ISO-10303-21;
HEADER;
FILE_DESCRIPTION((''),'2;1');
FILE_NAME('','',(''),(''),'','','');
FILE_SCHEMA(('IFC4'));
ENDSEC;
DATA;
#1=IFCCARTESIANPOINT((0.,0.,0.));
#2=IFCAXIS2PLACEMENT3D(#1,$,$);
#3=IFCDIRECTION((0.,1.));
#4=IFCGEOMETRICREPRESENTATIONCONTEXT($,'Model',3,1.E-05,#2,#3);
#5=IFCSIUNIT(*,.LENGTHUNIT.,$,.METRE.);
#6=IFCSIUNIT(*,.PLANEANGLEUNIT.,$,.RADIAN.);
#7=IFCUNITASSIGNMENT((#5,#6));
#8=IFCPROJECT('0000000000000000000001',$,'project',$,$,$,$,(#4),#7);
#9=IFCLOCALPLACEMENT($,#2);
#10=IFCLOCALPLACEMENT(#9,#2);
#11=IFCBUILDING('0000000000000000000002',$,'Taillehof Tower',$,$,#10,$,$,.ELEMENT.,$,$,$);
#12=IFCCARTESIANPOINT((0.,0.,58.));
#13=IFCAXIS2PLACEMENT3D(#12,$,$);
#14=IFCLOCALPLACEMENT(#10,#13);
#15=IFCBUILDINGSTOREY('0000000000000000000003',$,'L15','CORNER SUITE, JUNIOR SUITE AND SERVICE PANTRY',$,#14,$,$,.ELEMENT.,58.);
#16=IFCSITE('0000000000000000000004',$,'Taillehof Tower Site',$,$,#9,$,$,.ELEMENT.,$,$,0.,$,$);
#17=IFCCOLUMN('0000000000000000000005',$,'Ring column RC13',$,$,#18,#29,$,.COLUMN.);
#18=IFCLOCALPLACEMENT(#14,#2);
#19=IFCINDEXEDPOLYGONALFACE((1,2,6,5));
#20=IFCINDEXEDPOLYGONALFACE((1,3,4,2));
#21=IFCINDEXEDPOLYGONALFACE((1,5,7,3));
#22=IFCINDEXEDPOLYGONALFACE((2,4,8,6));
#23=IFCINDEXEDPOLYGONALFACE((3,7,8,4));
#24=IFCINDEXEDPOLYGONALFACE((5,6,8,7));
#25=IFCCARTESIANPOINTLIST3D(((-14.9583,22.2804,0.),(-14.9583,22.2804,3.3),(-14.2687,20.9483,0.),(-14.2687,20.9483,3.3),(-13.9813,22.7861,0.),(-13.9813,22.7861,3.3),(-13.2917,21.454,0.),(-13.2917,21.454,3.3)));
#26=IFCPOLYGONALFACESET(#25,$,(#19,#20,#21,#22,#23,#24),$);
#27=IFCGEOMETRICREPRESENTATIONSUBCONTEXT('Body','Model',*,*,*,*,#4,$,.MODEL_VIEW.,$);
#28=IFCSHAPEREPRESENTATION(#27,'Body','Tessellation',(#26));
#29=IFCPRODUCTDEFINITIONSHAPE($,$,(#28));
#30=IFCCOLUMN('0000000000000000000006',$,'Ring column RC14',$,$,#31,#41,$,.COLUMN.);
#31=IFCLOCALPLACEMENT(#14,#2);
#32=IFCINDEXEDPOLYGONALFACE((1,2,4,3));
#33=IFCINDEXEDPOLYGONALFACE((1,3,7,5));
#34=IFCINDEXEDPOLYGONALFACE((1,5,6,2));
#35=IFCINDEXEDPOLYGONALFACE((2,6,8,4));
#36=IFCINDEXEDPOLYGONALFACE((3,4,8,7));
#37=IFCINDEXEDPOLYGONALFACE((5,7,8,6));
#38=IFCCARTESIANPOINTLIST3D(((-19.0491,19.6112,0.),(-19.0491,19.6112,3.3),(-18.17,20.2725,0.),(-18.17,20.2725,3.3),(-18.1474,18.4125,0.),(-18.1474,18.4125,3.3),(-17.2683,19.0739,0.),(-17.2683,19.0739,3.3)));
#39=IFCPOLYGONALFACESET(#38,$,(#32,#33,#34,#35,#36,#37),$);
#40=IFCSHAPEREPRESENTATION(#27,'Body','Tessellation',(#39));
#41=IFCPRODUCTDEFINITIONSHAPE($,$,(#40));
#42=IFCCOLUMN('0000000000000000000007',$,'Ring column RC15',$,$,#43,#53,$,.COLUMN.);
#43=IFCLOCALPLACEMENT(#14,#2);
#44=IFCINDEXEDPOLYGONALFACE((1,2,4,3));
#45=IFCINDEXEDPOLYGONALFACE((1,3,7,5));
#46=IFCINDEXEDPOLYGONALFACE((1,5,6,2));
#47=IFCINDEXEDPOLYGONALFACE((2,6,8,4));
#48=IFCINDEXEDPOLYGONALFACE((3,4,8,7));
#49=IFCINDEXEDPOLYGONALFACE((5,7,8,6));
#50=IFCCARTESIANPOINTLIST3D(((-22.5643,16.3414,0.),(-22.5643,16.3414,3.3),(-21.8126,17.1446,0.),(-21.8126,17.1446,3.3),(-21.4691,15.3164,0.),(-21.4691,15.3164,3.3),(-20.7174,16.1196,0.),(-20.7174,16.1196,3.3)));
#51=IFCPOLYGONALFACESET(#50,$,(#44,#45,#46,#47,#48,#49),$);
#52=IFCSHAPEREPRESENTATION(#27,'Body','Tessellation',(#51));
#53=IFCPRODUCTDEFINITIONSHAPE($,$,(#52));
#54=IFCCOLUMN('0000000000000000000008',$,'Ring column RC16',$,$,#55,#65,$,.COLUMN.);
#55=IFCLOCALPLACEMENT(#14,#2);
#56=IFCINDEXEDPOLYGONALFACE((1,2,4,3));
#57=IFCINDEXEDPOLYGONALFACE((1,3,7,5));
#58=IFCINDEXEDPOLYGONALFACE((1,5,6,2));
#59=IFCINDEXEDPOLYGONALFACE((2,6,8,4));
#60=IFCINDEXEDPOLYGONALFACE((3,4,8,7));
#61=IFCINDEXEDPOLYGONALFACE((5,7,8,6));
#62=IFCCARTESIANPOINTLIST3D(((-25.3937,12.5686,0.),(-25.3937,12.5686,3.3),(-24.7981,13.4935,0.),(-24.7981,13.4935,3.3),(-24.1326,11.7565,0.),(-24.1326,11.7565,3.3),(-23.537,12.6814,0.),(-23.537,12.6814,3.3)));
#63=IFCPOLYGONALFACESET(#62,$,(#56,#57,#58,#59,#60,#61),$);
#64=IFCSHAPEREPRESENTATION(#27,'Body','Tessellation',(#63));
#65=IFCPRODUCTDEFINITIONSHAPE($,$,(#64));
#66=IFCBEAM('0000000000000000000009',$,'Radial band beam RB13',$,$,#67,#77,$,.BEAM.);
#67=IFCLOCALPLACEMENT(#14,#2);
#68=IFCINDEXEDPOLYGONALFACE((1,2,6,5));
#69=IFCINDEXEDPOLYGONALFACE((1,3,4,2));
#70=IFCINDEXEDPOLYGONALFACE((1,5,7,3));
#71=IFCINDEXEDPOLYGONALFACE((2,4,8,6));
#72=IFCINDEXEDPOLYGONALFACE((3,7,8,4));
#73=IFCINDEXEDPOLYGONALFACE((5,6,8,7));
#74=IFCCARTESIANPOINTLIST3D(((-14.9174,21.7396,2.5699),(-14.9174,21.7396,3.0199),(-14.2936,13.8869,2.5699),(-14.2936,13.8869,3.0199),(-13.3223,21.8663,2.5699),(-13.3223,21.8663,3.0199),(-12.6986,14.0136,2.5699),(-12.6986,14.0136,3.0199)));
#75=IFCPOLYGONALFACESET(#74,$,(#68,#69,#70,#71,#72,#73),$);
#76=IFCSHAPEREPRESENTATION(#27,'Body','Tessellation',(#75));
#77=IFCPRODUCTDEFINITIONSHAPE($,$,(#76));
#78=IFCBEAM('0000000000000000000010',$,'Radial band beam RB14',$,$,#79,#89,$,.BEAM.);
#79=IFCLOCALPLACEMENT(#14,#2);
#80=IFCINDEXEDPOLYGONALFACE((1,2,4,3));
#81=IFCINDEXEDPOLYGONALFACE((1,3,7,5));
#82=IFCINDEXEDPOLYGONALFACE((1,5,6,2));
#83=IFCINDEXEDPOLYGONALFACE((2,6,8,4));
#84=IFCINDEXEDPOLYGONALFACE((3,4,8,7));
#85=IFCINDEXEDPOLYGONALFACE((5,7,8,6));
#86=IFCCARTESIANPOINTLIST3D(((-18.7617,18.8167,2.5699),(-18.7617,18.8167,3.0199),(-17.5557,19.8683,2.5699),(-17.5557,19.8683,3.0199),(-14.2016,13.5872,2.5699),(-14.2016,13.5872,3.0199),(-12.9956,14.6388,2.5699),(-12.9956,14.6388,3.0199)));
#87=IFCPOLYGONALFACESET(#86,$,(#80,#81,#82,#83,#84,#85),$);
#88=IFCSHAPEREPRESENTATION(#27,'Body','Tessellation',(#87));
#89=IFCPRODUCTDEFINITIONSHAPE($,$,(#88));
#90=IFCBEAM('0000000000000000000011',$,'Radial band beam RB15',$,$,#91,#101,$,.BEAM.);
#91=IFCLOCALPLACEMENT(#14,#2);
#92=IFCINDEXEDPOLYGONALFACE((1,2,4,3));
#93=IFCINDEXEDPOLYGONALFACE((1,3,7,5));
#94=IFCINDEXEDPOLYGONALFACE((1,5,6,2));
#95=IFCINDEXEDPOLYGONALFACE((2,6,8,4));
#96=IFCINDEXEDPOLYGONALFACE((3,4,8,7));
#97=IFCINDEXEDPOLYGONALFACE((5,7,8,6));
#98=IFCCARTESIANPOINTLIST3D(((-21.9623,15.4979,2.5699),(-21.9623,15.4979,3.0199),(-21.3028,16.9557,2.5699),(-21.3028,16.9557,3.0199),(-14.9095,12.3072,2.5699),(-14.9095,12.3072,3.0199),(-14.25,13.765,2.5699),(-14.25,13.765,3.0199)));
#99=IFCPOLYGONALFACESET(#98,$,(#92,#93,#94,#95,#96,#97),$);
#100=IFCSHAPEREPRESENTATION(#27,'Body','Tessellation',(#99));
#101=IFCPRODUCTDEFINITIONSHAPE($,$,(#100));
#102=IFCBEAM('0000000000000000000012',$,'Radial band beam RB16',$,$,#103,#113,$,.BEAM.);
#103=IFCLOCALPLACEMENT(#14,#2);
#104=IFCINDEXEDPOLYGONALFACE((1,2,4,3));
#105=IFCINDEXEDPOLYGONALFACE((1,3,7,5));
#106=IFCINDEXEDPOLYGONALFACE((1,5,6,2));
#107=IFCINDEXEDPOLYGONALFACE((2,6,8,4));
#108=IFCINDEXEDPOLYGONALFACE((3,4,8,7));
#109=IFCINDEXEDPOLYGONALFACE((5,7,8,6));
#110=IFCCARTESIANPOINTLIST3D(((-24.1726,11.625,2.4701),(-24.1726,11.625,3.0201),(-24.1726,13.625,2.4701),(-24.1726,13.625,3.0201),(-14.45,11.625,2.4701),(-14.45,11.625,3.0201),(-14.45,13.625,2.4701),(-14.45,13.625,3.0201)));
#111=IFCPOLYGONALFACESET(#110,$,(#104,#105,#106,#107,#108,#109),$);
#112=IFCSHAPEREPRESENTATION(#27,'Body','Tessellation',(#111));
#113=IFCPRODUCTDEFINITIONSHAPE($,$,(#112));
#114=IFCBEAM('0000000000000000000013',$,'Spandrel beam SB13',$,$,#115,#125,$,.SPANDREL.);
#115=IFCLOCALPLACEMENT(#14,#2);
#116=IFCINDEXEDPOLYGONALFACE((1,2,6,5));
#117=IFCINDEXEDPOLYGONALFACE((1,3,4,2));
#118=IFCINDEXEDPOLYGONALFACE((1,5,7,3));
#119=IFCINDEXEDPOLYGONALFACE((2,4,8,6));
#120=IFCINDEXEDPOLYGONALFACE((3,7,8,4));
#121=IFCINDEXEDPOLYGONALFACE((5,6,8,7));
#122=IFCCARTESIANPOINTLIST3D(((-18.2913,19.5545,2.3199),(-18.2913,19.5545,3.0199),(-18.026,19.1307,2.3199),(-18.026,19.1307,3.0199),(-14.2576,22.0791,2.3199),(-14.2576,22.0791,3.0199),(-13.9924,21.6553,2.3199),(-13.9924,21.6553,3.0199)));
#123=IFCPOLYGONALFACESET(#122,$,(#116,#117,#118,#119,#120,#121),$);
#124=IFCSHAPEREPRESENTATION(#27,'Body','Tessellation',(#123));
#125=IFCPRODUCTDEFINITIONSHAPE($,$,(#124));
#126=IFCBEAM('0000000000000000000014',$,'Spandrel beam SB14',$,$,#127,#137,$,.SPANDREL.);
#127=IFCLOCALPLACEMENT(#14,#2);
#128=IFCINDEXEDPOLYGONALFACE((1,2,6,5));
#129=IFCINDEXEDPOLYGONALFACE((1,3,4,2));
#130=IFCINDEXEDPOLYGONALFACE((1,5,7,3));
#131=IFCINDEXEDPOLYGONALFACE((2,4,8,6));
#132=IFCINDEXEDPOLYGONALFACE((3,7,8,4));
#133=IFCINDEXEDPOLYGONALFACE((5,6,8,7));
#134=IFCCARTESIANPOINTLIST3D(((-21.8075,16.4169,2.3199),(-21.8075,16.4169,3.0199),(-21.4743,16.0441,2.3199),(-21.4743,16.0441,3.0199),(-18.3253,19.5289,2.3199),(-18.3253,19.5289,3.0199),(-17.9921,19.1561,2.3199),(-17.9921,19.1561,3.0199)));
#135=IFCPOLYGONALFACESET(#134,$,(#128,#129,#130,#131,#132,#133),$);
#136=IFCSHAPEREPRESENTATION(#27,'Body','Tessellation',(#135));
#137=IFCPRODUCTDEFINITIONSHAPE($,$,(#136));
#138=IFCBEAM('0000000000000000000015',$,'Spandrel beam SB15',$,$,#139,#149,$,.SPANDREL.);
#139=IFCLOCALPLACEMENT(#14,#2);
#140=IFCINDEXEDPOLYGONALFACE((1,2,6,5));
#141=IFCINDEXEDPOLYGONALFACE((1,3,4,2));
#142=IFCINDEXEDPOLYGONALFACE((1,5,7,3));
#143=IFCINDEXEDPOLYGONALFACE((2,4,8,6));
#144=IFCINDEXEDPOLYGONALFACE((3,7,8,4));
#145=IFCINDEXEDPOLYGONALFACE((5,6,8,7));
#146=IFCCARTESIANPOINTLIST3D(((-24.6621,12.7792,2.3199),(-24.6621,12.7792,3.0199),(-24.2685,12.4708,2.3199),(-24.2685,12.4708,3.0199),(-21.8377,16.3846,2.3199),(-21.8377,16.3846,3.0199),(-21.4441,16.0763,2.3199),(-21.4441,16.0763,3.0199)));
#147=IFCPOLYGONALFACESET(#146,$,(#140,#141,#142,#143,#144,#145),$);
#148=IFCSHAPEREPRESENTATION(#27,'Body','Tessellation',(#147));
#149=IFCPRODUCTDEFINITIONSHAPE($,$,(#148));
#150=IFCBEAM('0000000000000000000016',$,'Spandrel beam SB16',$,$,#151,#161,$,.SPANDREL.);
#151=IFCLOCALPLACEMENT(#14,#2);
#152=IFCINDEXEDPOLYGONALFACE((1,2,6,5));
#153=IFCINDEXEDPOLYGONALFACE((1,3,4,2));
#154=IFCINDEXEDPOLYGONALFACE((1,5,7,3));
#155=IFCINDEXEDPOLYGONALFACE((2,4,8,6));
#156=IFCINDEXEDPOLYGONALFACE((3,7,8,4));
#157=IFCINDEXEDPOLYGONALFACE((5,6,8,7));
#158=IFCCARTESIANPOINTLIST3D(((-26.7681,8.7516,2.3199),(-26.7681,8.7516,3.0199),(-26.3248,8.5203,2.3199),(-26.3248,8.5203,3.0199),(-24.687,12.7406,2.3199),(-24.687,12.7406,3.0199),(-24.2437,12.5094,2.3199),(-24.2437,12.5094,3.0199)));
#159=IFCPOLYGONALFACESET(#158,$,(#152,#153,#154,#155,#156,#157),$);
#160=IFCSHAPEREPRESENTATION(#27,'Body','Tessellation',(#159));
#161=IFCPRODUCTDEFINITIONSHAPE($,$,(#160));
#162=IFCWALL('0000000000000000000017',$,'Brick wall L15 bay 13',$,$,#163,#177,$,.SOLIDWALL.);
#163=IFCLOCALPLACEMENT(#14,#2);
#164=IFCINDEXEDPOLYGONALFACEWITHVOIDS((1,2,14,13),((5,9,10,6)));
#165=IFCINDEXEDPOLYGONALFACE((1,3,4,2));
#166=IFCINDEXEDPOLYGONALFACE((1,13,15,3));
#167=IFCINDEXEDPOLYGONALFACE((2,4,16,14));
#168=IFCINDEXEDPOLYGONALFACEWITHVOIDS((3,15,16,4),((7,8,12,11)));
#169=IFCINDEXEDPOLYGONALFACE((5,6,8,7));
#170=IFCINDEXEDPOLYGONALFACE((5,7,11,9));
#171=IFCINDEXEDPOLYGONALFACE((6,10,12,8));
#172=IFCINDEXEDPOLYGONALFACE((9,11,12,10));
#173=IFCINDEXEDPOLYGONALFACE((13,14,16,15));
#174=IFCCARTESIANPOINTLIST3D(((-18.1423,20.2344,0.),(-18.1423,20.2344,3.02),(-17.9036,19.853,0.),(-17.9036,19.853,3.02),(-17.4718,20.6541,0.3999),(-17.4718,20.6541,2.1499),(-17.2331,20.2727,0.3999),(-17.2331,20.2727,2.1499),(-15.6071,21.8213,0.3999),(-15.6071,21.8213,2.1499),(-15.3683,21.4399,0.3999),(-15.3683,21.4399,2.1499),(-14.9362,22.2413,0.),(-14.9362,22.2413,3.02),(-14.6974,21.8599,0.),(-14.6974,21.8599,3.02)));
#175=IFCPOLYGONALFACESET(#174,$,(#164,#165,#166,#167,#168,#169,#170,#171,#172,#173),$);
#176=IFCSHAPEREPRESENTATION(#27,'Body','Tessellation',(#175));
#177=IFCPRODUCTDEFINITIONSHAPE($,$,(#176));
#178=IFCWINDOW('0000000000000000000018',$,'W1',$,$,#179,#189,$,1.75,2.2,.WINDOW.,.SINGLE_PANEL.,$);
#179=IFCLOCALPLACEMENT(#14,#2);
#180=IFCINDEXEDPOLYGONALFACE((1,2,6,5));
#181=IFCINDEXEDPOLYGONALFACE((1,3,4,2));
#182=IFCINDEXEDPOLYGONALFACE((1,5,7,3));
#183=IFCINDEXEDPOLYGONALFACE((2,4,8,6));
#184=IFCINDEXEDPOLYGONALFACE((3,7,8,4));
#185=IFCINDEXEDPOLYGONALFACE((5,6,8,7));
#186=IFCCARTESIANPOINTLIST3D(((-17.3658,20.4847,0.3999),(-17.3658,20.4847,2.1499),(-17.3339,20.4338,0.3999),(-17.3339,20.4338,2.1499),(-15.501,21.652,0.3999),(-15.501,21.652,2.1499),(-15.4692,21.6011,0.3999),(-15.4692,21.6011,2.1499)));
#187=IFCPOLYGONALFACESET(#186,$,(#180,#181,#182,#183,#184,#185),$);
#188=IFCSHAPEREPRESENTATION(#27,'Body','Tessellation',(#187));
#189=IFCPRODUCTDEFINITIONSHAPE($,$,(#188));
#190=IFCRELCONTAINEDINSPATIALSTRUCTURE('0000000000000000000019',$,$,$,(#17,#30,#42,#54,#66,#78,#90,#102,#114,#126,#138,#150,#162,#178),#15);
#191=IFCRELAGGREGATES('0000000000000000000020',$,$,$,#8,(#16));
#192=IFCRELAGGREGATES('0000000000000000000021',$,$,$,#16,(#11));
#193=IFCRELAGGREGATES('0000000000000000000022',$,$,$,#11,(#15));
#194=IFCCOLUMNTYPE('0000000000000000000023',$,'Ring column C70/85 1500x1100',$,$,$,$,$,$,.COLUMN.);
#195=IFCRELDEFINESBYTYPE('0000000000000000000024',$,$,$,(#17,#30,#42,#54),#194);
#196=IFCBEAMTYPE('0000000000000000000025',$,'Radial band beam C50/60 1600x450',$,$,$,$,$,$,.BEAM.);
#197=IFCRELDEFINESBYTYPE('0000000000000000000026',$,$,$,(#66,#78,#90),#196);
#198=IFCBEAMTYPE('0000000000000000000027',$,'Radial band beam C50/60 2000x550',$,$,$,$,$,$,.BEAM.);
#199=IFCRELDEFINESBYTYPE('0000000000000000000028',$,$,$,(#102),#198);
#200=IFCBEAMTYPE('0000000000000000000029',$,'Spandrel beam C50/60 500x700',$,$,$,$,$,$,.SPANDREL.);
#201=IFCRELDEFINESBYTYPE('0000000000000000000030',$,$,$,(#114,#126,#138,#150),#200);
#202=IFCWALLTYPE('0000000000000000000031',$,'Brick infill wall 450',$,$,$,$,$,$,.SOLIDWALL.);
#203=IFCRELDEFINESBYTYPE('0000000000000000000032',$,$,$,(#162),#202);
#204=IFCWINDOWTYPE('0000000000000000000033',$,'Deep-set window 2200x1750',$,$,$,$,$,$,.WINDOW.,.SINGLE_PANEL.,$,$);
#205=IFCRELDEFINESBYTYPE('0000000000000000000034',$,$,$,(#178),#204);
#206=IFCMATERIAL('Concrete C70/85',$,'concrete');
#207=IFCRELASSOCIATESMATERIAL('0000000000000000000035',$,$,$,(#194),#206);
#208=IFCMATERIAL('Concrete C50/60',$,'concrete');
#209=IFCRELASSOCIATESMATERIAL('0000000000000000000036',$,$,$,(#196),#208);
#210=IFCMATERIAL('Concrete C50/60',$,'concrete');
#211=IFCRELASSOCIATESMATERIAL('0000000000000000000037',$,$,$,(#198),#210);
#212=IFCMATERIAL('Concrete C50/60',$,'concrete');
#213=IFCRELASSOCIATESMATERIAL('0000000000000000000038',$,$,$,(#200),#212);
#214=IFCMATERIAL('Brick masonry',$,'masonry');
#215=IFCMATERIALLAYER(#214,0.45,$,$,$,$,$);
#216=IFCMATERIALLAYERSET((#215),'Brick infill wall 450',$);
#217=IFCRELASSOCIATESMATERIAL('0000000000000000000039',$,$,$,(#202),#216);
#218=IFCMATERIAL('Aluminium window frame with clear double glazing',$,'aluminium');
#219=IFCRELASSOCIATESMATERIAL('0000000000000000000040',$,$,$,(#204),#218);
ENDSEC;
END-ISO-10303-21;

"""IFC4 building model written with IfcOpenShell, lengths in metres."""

from ifc_helpers import new_model, si_unit, direction, frame, frame_2d, origin, origin_2d, place, context, subcontext, project, spatial, rectangle, extrude, material, layer, layer_set, material_profile, profile_set, type_object, element, fill, save


model = new_model("IFC4")

# Units and contexts
model_context = context("Model", 3, precision=1e-05, world=origin(), true_north=direction((0.0, 1.0)))
body_context = subcontext(model_context, "Body", "Model", "MODEL_VIEW")
ifc_project = project(units=[si_unit("LENGTHUNIT", "METRE"), si_unit("PLANEANGLEUNIT", "RADIAN")], contexts=[model_context])

# Site, building, storey
site_placement = place(None, origin())
site = spatial("IfcSite", under=ifc_project, at=site_placement, Name="Taillehof Tower Site", CompositionType="ELEMENT", RefElevation=0.0)
building_placement = place(site_placement, origin())
building = spatial("IfcBuilding", under=site, at=building_placement, Name="Taillehof Tower", CompositionType="ELEMENT")
storey_placement = place(building_placement, frame((0.0, 0.0, 58.0)))
storey = spatial("IfcBuildingStorey", under=building, at=storey_placement, Name="L15", Description="CORNER SUITE, JUNIOR SUITE AND SERVICE PANTRY", CompositionType="ELEMENT", Elevation=58.0)

# Columns
ifc_material_1 = material(Name="Concrete C70/85", Category="concrete")
ifc_material_profile_1 = material_profile(ifc_material_1, rectangle(XDim=1.5, YDim=1.1001, at=origin_2d()), Name="RC 1500x1100")
ifc_profile_set_1 = profile_set([ifc_material_profile_1], Name="Concrete C70/85")
column_type = type_object("IfcColumnType", Name="Ring column C70/85 1500x1100", PredefinedType="COLUMN", material=ifc_profile_set_1)
for number, where, z_axis, x_axis, name in (
    (1, (-14.125, 21.8672, 0.0), (0.0, 0.0, 1.0), (-0.459691, 0.888079, 0.0), "Ring column RC13"),
    (2, (-18.1587, 19.3425, 0.0), (0.0, 0.0, 1.0), (-0.601174, 0.799118, 0.0), "Ring column RC14"),
    (3, (-21.6409, 16.2305, 0.0), (0.0, 0.0, 1.0), (-0.730113, 0.683326, 0.0), "Ring column RC15"),
    (4, (-24.4653, 12.625, 0.0), (0.0, 0.0, 1.0), (-0.840754, 0.541418, 0.0), "Ring column RC16"),
):
    element("IfcColumn", number, at=place(storey_placement, frame(where, z_axis=z_axis, x_axis=x_axis)), inside=storey, type_object=column_type, Name=name, PredefinedType="COLUMN", context=body_context, shape_type="SweptSolid", body=[
        extrude(rectangle(XDim=1.5, YDim=1.1001, at=origin_2d()), origin(), (0.0, 0.0, 1.0), 3.3),
    ])

# Beams
ifc_material_2 = material(Name="Concrete C50/60", Category="concrete")
ifc_material_profile_2 = material_profile(ifc_material_2, rectangle(XDim=1.6001, YDim=0.45, at=origin_2d()), Name="RC 1600x450")
ifc_profile_set_2 = profile_set([ifc_material_profile_2], Name="Concrete C50/60")
beam_type_1 = type_object("IfcBeamType", Name="Radial band beam C50/60 1600x450", PredefinedType="BEAM", material=ifc_profile_set_2)
beam_1_placement = place(storey_placement, frame((-14.1199, 21.803, 2.7949), z_axis=(0.079185, -0.99686, 0.0), x_axis=(0.99686, 0.079185, 0.0)))
element("IfcBeam", 5, at=beam_1_placement, inside=storey, type_object=beam_type_1, Name="Radial band beam RB13", PredefinedType="BEAM", context=body_context, shape_type="SweptSolid", body=[
    extrude(rectangle(XDim=1.6001, YDim=0.45, at=origin_2d()), origin(), (0.0, 0.0, 1.0), 7.8774),
])
beam_2_placement = place(storey_placement, frame((-18.1587, 19.3425, 2.7949), z_axis=(0.657218, -0.7537, 0.0), x_axis=(0.7537, 0.657218, 0.0)))
element("IfcBeam", 6, at=beam_2_placement, inside=storey, type_object=beam_type_1, Name="Radial band beam RB14", PredefinedType="BEAM", context=body_context, shape_type="SweptSolid", body=[
    extrude(rectangle(XDim=1.6001, YDim=0.45, at=origin_2d()), origin(), (0.0, 0.0, 1.0), 6.9385),
])
beam_3_placement = place(storey_placement, frame((-21.6326, 16.2268, 2.7949), z_axis=(0.911101, -0.412184, 0.0), x_axis=(0.412184, 0.911101, 0.0)))
element("IfcBeam", 7, at=beam_3_placement, inside=storey, type_object=beam_type_1, Name="Radial band beam RB15", PredefinedType="BEAM", context=body_context, shape_type="SweptSolid", body=[
    extrude(rectangle(XDim=1.6001, YDim=0.45, at=origin_2d()), origin(), (0.0, 0.0, 1.0), 7.741),
])
ifc_material_3 = material(Name="Concrete C50/60", Category="concrete")
ifc_material_profile_3 = material_profile(ifc_material_3, rectangle(XDim=2.0, YDim=0.55, at=origin_2d()), Name="RC 2000x550")
ifc_profile_set_3 = profile_set([ifc_material_profile_3], Name="Concrete C50/60")
beam_type_2 = type_object("IfcBeamType", Name="Radial band beam C50/60 2000x550", PredefinedType="BEAM", material=ifc_profile_set_3)
beam_4_placement = place(storey_placement, frame((-24.1726, 12.625, 2.7451), z_axis=(1.0, 0.0, 0.0), x_axis=(0.0, 1.0, 0.0)))
element("IfcBeam", 8, at=beam_4_placement, inside=storey, type_object=beam_type_2, Name="Radial band beam RB16", PredefinedType="BEAM", context=body_context, shape_type="SweptSolid", body=[
    extrude(rectangle(XDim=2.0, YDim=0.55, at=origin_2d()), origin(), (0.0, 0.0, 1.0), 9.7227),
])
ifc_material_4 = material(Name="Concrete C50/60", Category="concrete")
ifc_material_profile_4 = material_profile(ifc_material_4, rectangle(XDim=0.5, YDim=0.7, at=origin_2d()), Name="RC 500x700")
ifc_profile_set_4 = profile_set([ifc_material_profile_4], Name="Concrete C50/60")
beam_type_3 = type_object("IfcBeamType", Name="Spandrel beam C50/60 500x700", PredefinedType="SPANDREL", material=ifc_profile_set_4)
beam_5_placement = place(storey_placement, frame((-14.125, 21.8672, 2.6699), z_axis=(-0.847658, -0.530543, 0.0), x_axis=(0.530543, -0.847658, 0.0)))
element("IfcBeam", 9, at=beam_5_placement, inside=storey, type_object=beam_type_3, Name="Spandrel beam SB13", PredefinedType="SPANDREL", context=body_context, shape_type="SweptSolid", body=[
    extrude(rectangle(XDim=0.5, YDim=0.7, at=origin_2d()), origin(), (0.0, 0.0, 1.0), 4.7585),
])
beam_6_placement = place(storey_placement, frame((-18.1587, 19.3425, 2.6699), z_axis=(-0.745621, -0.66637, 0.0), x_axis=(0.66637, -0.745621, 0.0)))
element("IfcBeam", 10, at=beam_6_placement, inside=storey, type_object=beam_type_3, Name="Spandrel beam SB14", PredefinedType="SPANDREL", context=body_context, shape_type="SweptSolid", body=[
    extrude(rectangle(XDim=0.5, YDim=0.7, at=origin_2d()), origin(), (0.0, 0.0, 1.0), 4.6702),
])
beam_7_placement = place(storey_placement, frame((-21.6409, 16.2305, 2.6699), z_axis=(-0.616686, -0.787209, 0.0), x_axis=(0.787209, -0.616686, 0.0)))
element("IfcBeam", 11, at=beam_7_placement, inside=storey, type_object=beam_type_3, Name="Spandrel beam SB15", PredefinedType="SPANDREL", context=body_context, shape_type="SweptSolid", body=[
    extrude(rectangle(XDim=0.5, YDim=0.7, at=origin_2d()), origin(), (0.0, 0.0, 1.0), 4.5801),
])
beam_8_placement = place(storey_placement, frame((-24.4653, 12.625, 2.6699), z_axis=(-0.462536, -0.8866, 0.0), x_axis=(0.8866, -0.462536, 0.0)))
element("IfcBeam", 12, at=beam_8_placement, inside=storey, type_object=beam_type_3, Name="Spandrel beam SB16", PredefinedType="SPANDREL", context=body_context, shape_type="SweptSolid", body=[
    extrude(rectangle(XDim=0.5, YDim=0.7, at=origin_2d()), origin(), (0.0, 0.0, 1.0), 4.4993),
])

# Wall, opening, window
ifc_material_5 = material(Name="Brick masonry", Category="masonry")
ifc_layer_1 = layer(ifc_material_5, 0.45)
ifc_layer_set_1 = layer_set([ifc_layer_1], Name="Brick infill wall 450")
wall_type_1 = type_object("IfcWallType", Name="Brick infill wall 450", PredefinedType="SOLIDWALL", material=ifc_layer_set_1)
wall_1_placement = place(storey_placement, frame((-14.8169, 22.0505, 0.0), z_axis=(0.0, 0.0, 1.0), x_axis=(-0.847635, -0.530579, 0.0)))
wall_1 = element("IfcWall", 13, at=wall_1_placement, inside=storey, type_object=wall_type_1, Name="Brick wall L15 bay 13", PredefinedType="SOLIDWALL", context=body_context, shape_type="SweptSolid", body=[
    extrude(rectangle(XDim=3.7825, YDim=0.45, at=frame_2d((1.8911, 0.0))), origin(), (0.0, 0.0, 1.0), 3.02),
])
opening_1_placement = place(wall_1_placement, frame((0.7913, 0.0, 0.3999)))
opening_1 = element("IfcOpeningElement", 14, at=opening_1_placement, cuts=wall_1, PredefinedType="OPENING", context=body_context, shape_type="SweptSolid", body=[
    extrude(rectangle(XDim=2.2, YDim=1.75, at=frame_2d((1.1001, 0.875))), frame((0.0, 0.2349, 0.0), z_axis=(0.0, -1.0, 0.0), x_axis=(1.0, 0.0, 0.0)), (0.0, 0.0, 1.0), 0.47),
])
ifc_material_6 = material(Name="Aluminium window frame with clear double glazing", Category="aluminium")
window_type = type_object("IfcWindowType", Name="Deep-set window 2200x1750", PartitioningType="SINGLE_PANEL", PredefinedType="WINDOW", material=ifc_material_6)
window_1_placement = place(opening_1_placement, origin())
window_1 = element("IfcWindow", 15, at=window_1_placement, inside=storey, type_object=window_type, Name="W1", OverallHeight=1.75, OverallWidth=2.2, PartitioningType="SINGLE_PANEL", PredefinedType="WINDOW", context=body_context, shape_type="SweptSolid", body=[
    extrude(rectangle(XDim=2.2, YDim=1.75, at=frame_2d((1.1001, 0.875))), frame((0.0, 0.0349, 0.0), z_axis=(0.0, -1.0, 0.0), x_axis=(1.0, 0.0, 0.0)), (0.0, 0.0, 1.0), 0.0601),
])
fill(opening_1, window_1)

save(model, "model.ifc")
